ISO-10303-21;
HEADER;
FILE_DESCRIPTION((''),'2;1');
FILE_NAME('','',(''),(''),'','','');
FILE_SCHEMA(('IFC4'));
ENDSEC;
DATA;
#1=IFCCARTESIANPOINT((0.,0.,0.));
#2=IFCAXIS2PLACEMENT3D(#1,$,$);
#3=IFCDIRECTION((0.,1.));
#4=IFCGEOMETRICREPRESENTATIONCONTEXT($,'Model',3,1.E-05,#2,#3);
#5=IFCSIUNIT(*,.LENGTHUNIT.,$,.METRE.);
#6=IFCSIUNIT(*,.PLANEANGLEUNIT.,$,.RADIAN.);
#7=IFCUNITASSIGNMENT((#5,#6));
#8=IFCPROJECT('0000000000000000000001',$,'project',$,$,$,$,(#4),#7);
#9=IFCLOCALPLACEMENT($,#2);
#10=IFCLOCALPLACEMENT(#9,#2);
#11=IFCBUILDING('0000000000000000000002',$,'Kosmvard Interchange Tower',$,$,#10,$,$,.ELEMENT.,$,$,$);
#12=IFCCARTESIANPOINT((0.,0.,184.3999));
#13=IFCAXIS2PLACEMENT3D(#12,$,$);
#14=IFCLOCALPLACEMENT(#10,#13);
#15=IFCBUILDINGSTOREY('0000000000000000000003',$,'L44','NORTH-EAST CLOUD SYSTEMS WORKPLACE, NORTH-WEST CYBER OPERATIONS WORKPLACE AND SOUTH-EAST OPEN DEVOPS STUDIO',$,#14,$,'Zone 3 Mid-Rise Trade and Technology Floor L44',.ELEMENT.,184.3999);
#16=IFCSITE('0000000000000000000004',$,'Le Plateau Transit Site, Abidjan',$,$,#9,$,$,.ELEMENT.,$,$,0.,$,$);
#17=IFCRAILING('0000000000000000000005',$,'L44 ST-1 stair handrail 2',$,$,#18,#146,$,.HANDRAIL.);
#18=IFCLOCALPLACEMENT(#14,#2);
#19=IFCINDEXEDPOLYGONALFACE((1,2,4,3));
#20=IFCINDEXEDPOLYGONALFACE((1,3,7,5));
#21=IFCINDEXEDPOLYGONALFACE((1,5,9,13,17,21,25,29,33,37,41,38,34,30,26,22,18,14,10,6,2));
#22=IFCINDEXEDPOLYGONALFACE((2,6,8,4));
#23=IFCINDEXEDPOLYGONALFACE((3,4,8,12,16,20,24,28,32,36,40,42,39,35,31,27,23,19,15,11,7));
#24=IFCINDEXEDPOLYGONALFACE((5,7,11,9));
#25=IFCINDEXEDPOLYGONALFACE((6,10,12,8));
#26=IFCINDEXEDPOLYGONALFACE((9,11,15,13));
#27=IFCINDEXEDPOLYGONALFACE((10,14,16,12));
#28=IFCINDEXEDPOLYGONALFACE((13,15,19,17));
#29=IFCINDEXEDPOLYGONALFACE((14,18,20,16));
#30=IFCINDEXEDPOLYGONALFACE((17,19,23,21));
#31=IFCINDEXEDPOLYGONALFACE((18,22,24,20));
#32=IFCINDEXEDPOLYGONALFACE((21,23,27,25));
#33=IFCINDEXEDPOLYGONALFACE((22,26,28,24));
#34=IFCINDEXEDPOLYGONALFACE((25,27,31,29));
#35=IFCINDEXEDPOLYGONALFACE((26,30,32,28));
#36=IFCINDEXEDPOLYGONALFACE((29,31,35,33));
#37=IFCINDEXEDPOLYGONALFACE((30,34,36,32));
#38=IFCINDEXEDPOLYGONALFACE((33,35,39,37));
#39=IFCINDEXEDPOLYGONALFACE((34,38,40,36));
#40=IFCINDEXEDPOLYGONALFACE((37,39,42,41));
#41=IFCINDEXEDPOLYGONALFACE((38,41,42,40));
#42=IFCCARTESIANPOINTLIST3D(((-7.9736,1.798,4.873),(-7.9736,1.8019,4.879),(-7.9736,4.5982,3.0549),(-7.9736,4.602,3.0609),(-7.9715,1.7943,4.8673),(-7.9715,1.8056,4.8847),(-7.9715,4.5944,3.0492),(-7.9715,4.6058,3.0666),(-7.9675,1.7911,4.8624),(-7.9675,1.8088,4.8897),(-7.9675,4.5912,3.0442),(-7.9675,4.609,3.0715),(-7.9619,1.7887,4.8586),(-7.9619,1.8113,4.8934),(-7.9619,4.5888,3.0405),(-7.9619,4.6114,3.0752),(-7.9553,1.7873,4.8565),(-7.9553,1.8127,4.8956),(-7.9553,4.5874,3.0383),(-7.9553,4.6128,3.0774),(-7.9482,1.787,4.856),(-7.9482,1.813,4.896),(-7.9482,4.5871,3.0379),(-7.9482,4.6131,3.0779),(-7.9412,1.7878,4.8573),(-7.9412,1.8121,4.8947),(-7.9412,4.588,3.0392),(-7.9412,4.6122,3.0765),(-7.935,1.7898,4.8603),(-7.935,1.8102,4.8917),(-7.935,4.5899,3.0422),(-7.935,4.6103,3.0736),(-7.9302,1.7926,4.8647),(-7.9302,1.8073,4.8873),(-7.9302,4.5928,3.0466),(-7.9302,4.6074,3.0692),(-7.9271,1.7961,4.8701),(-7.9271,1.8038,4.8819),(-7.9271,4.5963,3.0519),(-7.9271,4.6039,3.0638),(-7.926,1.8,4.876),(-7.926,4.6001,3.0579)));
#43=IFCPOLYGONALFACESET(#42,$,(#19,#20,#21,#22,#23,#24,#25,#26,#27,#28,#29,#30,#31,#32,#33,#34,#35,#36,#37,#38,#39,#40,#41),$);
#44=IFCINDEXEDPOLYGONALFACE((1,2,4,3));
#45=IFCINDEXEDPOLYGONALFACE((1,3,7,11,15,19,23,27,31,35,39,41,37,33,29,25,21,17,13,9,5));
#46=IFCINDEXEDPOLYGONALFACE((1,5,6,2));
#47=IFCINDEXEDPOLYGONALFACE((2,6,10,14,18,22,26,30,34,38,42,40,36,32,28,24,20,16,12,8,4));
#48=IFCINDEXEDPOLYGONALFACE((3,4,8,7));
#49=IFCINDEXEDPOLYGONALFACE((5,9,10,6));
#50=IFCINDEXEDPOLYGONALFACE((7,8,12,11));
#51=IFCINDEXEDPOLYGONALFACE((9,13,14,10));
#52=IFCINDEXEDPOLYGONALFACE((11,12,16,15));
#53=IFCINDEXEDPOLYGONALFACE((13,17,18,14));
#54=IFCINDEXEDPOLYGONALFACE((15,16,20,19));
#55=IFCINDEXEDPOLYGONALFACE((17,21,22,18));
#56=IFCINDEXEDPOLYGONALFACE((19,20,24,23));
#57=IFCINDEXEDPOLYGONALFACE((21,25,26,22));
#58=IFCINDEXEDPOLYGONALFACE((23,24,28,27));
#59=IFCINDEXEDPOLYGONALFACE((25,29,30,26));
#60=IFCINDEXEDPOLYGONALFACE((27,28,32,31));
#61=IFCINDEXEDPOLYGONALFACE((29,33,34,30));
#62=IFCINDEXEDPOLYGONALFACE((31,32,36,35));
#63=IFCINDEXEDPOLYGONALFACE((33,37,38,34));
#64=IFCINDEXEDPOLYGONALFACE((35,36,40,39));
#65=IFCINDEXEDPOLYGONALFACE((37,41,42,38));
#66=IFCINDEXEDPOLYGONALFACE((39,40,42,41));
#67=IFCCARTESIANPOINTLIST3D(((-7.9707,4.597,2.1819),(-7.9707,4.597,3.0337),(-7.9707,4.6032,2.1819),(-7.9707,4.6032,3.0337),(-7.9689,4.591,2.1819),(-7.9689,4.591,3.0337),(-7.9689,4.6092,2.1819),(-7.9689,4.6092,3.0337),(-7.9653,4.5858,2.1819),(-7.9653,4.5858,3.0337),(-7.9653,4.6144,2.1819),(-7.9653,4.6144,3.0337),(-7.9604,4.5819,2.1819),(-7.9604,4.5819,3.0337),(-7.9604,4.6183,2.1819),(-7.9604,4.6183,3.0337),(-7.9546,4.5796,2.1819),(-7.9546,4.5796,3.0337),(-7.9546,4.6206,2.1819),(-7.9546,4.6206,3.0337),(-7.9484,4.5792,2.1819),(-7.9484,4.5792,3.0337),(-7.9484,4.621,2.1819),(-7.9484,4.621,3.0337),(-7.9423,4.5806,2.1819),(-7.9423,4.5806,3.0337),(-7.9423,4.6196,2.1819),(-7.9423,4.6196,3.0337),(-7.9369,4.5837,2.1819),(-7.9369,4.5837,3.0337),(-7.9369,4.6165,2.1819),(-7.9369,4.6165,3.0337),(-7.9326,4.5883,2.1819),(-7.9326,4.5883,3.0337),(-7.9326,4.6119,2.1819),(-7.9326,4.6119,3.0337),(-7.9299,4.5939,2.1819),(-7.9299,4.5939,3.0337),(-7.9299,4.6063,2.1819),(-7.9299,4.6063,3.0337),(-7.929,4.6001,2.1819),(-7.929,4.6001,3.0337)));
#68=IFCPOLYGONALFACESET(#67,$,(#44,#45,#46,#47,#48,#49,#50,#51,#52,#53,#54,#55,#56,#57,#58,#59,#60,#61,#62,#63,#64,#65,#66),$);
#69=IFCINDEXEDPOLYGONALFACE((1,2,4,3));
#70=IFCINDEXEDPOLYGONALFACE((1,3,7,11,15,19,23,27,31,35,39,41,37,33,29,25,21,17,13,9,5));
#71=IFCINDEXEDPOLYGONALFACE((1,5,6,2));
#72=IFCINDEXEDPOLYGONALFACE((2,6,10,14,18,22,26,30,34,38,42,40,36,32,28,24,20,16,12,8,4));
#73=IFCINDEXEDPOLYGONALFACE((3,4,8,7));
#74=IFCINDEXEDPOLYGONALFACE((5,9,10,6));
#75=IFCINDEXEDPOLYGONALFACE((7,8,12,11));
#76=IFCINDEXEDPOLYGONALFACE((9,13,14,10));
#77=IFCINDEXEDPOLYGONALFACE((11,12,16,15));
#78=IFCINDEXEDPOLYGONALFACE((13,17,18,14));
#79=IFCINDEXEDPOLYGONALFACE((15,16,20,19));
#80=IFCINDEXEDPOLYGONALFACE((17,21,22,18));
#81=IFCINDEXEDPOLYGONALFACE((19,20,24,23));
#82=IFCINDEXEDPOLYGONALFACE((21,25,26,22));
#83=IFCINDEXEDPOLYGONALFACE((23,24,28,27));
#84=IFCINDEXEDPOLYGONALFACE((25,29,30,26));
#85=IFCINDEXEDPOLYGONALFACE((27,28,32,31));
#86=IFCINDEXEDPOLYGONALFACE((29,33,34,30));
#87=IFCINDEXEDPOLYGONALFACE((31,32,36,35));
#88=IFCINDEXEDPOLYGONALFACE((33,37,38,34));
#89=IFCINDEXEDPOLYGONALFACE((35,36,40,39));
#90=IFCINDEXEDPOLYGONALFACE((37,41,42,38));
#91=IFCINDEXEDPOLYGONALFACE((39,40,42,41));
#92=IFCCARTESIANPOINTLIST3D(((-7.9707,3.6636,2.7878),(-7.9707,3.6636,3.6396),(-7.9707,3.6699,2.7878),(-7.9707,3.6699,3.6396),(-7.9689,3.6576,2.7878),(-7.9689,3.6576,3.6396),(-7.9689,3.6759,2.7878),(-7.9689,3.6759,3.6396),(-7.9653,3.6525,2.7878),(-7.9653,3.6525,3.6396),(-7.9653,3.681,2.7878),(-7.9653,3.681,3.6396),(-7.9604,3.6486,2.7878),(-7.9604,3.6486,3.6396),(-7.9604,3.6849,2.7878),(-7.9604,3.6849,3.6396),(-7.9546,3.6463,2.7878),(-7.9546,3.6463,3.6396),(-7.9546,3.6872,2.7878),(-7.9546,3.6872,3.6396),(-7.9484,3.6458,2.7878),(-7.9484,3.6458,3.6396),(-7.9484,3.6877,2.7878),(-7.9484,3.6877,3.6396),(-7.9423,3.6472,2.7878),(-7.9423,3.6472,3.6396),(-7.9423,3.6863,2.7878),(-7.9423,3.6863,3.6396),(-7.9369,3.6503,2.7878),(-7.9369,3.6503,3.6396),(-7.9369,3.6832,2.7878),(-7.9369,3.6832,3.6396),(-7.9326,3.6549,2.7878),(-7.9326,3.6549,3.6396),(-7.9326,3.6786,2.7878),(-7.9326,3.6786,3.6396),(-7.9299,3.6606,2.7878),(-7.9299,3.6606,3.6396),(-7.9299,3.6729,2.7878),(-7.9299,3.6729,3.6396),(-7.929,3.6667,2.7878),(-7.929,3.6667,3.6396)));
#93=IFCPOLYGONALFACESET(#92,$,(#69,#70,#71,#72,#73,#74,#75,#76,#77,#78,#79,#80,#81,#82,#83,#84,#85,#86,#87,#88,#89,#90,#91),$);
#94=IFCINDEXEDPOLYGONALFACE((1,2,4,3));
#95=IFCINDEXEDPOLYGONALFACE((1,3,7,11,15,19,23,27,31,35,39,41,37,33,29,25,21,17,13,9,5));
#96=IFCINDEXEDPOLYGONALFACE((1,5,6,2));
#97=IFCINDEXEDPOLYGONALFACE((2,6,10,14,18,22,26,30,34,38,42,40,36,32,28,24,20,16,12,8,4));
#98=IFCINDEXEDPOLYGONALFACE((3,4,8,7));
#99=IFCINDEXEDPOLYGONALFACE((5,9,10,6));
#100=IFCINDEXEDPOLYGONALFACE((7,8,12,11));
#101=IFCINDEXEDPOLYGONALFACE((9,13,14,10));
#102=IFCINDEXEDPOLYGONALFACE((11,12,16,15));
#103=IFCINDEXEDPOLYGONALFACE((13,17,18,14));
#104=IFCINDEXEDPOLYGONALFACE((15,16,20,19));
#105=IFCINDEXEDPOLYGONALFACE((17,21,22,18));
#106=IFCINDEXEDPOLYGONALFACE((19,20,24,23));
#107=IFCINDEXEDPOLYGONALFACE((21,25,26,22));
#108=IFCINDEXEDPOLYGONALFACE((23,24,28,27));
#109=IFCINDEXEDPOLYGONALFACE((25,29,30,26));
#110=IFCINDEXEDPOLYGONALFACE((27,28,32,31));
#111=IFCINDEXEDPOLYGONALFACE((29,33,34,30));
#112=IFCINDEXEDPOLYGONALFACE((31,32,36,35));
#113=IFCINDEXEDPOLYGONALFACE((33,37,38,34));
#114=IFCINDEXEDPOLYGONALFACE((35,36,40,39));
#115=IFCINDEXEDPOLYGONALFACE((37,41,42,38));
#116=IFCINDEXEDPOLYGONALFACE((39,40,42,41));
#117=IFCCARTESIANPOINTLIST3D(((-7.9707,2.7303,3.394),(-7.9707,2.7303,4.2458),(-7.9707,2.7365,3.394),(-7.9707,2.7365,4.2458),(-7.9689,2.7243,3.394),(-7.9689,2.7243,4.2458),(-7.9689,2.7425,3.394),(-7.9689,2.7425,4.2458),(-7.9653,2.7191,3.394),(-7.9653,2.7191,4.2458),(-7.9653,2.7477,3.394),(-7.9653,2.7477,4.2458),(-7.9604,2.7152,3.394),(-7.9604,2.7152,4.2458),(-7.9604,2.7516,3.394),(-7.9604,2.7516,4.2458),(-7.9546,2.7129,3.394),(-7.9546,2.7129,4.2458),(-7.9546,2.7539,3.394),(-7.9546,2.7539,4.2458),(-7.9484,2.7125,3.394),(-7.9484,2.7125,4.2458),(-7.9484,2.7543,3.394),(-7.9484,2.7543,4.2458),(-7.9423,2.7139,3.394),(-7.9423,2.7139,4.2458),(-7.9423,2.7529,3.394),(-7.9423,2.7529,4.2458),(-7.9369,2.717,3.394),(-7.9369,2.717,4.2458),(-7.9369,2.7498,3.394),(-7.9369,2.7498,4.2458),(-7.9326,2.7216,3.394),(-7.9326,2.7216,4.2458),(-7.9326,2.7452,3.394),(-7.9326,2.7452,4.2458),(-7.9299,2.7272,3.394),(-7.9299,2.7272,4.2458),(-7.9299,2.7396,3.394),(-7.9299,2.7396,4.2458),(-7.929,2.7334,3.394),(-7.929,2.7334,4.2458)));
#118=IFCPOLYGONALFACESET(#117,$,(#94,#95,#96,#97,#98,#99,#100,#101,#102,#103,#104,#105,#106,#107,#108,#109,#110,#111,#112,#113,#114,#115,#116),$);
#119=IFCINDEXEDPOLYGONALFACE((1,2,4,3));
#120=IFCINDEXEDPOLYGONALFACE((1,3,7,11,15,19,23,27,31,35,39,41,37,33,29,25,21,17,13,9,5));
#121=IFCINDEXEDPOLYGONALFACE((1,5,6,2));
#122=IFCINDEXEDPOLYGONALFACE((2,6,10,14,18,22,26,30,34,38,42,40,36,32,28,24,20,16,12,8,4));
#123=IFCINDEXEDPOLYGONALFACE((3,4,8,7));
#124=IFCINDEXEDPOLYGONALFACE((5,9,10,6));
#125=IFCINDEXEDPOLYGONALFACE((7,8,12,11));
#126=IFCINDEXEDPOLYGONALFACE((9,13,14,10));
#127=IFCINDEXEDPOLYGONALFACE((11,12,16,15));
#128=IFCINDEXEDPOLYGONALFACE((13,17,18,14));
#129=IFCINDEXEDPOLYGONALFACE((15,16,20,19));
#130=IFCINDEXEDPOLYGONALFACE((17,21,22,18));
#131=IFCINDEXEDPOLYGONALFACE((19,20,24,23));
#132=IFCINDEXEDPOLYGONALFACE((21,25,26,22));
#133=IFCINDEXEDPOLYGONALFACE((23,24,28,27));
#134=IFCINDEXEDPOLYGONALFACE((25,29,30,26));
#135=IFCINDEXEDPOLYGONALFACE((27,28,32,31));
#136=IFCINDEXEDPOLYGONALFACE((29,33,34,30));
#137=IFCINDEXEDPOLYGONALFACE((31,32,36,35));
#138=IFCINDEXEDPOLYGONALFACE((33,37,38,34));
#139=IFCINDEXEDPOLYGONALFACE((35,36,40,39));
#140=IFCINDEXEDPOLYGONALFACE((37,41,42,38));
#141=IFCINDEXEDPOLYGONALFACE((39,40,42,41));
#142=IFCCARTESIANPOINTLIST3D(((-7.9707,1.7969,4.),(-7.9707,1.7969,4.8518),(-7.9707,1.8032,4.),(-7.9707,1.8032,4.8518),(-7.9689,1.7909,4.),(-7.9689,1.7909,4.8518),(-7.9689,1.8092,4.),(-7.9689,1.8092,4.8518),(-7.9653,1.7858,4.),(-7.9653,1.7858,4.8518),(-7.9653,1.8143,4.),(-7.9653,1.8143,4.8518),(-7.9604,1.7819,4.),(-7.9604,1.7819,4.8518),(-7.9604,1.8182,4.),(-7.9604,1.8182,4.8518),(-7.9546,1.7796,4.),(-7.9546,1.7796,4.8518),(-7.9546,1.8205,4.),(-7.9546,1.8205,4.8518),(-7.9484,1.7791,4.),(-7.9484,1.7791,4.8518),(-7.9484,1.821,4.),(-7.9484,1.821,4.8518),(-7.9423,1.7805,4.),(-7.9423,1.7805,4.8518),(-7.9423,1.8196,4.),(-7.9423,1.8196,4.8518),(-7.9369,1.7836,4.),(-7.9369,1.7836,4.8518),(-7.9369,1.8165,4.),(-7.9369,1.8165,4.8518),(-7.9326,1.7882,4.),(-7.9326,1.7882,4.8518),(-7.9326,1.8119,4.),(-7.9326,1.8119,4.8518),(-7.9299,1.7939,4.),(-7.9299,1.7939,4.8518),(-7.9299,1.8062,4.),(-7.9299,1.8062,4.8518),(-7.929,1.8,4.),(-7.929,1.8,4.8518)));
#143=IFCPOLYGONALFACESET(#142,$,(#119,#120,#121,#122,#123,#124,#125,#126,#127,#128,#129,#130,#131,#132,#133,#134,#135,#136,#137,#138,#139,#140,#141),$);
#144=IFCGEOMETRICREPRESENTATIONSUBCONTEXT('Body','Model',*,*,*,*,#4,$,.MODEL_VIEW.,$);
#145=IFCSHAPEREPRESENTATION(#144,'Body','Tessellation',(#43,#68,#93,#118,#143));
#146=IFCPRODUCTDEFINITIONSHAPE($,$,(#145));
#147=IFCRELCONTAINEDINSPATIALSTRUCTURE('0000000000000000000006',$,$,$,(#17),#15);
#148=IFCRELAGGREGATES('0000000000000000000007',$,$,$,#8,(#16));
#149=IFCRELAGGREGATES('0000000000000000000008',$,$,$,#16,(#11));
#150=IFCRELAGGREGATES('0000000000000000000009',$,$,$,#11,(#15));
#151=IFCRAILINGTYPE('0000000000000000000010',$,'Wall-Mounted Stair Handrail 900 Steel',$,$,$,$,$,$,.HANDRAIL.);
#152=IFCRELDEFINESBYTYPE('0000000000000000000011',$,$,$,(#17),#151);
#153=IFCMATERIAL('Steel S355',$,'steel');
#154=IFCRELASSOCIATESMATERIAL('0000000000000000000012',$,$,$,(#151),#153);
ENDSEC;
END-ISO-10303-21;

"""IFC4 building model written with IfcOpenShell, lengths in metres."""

from ifc_helpers import new_model, si_unit, direction, frame, origin, origin_2d, place, context, subcontext, project, spatial, circle, extrude, source, transform, mapped, material, type_object, element, save


model = new_model("IFC4")

# Units and contexts
model_context = context("Model", 3, precision=1e-05, world=origin(), true_north=direction((0.0, 1.0)))
body_context = subcontext(model_context, "Body", "Model", "MODEL_VIEW")
ifc_project = project(units=[si_unit("LENGTHUNIT", "METRE"), si_unit("PLANEANGLEUNIT", "RADIAN")], contexts=[model_context])

# Site, building, storey
site_placement = place(None, origin())
site = spatial("IfcSite", under=ifc_project, at=site_placement, Name="Le Plateau Transit Site, Abidjan", CompositionType="ELEMENT", RefElevation=0.0)
building_placement = place(site_placement, origin())
building = spatial("IfcBuilding", under=site, at=building_placement, Name="Kosmvard Interchange Tower", CompositionType="ELEMENT")
storey_placement = place(building_placement, frame((0.0, 0.0, 184.3999)))
storey = spatial("IfcBuildingStorey", under=building, at=storey_placement, Name="L44", Description="NORTH-EAST CLOUD SYSTEMS WORKPLACE, NORTH-WEST CYBER OPERATIONS WORKPLACE AND SOUTH-EAST OPEN DEVOPS STUDIO", LongName="Zone 3 Mid-Rise Trade and Technology Floor L44", CompositionType="ELEMENT", Elevation=184.3999)

# Shared definitions
ifc_material_1 = material(Name="Steel S355", Category="steel")

# Railing
railing_type_1 = type_object("IfcRailingType", Name="Wall-Mounted Stair Handrail 900 Steel", PredefinedType="HANDRAIL", material=ifc_material_1)
shared_shape_1 = source(origin(), body_context, "Body", "SweptSolid", [
    extrude(circle(Radius=0.0239, at=origin_2d()), frame((0.0, 0.0, 0.876), z_axis=(0.0, -0.838706, 0.544585), x_axis=(1.0, 0.0, 0.0)), (0.0, 0.0, 1.0), 3.3386),
    extrude(circle(Radius=0.021, at=origin_2d()), origin(), (0.0, 0.0, 1.0), 0.8518),
    extrude(circle(Radius=0.021, at=origin_2d()), frame((0.0, -0.9333, 0.606)), (0.0, 0.0, 1.0), 0.8518),
    extrude(circle(Radius=0.021, at=origin_2d()), frame((0.0, -1.8667, 1.2122)), (0.0, 0.0, 1.0), 0.8518),
    extrude(circle(Radius=0.021, at=origin_2d()), frame((0.0, -2.8, 1.8181)), (0.0, 0.0, 1.0), 0.8518),
])
railing_1_placement = place(storey_placement, frame((-7.95, 4.6001, 2.1819)))
element("IfcRailing", 1, at=railing_1_placement, inside=storey, type_object=railing_type_1, Name="L44 ST-1 stair handrail 2", PredefinedType="HANDRAIL", context=body_context, shape_type="MappedRepresentation", body=[
    mapped(shared_shape_1, transform((0.0, 0.0, 0.0), scale=1.0)),
])

save(model, "model.ifc")
